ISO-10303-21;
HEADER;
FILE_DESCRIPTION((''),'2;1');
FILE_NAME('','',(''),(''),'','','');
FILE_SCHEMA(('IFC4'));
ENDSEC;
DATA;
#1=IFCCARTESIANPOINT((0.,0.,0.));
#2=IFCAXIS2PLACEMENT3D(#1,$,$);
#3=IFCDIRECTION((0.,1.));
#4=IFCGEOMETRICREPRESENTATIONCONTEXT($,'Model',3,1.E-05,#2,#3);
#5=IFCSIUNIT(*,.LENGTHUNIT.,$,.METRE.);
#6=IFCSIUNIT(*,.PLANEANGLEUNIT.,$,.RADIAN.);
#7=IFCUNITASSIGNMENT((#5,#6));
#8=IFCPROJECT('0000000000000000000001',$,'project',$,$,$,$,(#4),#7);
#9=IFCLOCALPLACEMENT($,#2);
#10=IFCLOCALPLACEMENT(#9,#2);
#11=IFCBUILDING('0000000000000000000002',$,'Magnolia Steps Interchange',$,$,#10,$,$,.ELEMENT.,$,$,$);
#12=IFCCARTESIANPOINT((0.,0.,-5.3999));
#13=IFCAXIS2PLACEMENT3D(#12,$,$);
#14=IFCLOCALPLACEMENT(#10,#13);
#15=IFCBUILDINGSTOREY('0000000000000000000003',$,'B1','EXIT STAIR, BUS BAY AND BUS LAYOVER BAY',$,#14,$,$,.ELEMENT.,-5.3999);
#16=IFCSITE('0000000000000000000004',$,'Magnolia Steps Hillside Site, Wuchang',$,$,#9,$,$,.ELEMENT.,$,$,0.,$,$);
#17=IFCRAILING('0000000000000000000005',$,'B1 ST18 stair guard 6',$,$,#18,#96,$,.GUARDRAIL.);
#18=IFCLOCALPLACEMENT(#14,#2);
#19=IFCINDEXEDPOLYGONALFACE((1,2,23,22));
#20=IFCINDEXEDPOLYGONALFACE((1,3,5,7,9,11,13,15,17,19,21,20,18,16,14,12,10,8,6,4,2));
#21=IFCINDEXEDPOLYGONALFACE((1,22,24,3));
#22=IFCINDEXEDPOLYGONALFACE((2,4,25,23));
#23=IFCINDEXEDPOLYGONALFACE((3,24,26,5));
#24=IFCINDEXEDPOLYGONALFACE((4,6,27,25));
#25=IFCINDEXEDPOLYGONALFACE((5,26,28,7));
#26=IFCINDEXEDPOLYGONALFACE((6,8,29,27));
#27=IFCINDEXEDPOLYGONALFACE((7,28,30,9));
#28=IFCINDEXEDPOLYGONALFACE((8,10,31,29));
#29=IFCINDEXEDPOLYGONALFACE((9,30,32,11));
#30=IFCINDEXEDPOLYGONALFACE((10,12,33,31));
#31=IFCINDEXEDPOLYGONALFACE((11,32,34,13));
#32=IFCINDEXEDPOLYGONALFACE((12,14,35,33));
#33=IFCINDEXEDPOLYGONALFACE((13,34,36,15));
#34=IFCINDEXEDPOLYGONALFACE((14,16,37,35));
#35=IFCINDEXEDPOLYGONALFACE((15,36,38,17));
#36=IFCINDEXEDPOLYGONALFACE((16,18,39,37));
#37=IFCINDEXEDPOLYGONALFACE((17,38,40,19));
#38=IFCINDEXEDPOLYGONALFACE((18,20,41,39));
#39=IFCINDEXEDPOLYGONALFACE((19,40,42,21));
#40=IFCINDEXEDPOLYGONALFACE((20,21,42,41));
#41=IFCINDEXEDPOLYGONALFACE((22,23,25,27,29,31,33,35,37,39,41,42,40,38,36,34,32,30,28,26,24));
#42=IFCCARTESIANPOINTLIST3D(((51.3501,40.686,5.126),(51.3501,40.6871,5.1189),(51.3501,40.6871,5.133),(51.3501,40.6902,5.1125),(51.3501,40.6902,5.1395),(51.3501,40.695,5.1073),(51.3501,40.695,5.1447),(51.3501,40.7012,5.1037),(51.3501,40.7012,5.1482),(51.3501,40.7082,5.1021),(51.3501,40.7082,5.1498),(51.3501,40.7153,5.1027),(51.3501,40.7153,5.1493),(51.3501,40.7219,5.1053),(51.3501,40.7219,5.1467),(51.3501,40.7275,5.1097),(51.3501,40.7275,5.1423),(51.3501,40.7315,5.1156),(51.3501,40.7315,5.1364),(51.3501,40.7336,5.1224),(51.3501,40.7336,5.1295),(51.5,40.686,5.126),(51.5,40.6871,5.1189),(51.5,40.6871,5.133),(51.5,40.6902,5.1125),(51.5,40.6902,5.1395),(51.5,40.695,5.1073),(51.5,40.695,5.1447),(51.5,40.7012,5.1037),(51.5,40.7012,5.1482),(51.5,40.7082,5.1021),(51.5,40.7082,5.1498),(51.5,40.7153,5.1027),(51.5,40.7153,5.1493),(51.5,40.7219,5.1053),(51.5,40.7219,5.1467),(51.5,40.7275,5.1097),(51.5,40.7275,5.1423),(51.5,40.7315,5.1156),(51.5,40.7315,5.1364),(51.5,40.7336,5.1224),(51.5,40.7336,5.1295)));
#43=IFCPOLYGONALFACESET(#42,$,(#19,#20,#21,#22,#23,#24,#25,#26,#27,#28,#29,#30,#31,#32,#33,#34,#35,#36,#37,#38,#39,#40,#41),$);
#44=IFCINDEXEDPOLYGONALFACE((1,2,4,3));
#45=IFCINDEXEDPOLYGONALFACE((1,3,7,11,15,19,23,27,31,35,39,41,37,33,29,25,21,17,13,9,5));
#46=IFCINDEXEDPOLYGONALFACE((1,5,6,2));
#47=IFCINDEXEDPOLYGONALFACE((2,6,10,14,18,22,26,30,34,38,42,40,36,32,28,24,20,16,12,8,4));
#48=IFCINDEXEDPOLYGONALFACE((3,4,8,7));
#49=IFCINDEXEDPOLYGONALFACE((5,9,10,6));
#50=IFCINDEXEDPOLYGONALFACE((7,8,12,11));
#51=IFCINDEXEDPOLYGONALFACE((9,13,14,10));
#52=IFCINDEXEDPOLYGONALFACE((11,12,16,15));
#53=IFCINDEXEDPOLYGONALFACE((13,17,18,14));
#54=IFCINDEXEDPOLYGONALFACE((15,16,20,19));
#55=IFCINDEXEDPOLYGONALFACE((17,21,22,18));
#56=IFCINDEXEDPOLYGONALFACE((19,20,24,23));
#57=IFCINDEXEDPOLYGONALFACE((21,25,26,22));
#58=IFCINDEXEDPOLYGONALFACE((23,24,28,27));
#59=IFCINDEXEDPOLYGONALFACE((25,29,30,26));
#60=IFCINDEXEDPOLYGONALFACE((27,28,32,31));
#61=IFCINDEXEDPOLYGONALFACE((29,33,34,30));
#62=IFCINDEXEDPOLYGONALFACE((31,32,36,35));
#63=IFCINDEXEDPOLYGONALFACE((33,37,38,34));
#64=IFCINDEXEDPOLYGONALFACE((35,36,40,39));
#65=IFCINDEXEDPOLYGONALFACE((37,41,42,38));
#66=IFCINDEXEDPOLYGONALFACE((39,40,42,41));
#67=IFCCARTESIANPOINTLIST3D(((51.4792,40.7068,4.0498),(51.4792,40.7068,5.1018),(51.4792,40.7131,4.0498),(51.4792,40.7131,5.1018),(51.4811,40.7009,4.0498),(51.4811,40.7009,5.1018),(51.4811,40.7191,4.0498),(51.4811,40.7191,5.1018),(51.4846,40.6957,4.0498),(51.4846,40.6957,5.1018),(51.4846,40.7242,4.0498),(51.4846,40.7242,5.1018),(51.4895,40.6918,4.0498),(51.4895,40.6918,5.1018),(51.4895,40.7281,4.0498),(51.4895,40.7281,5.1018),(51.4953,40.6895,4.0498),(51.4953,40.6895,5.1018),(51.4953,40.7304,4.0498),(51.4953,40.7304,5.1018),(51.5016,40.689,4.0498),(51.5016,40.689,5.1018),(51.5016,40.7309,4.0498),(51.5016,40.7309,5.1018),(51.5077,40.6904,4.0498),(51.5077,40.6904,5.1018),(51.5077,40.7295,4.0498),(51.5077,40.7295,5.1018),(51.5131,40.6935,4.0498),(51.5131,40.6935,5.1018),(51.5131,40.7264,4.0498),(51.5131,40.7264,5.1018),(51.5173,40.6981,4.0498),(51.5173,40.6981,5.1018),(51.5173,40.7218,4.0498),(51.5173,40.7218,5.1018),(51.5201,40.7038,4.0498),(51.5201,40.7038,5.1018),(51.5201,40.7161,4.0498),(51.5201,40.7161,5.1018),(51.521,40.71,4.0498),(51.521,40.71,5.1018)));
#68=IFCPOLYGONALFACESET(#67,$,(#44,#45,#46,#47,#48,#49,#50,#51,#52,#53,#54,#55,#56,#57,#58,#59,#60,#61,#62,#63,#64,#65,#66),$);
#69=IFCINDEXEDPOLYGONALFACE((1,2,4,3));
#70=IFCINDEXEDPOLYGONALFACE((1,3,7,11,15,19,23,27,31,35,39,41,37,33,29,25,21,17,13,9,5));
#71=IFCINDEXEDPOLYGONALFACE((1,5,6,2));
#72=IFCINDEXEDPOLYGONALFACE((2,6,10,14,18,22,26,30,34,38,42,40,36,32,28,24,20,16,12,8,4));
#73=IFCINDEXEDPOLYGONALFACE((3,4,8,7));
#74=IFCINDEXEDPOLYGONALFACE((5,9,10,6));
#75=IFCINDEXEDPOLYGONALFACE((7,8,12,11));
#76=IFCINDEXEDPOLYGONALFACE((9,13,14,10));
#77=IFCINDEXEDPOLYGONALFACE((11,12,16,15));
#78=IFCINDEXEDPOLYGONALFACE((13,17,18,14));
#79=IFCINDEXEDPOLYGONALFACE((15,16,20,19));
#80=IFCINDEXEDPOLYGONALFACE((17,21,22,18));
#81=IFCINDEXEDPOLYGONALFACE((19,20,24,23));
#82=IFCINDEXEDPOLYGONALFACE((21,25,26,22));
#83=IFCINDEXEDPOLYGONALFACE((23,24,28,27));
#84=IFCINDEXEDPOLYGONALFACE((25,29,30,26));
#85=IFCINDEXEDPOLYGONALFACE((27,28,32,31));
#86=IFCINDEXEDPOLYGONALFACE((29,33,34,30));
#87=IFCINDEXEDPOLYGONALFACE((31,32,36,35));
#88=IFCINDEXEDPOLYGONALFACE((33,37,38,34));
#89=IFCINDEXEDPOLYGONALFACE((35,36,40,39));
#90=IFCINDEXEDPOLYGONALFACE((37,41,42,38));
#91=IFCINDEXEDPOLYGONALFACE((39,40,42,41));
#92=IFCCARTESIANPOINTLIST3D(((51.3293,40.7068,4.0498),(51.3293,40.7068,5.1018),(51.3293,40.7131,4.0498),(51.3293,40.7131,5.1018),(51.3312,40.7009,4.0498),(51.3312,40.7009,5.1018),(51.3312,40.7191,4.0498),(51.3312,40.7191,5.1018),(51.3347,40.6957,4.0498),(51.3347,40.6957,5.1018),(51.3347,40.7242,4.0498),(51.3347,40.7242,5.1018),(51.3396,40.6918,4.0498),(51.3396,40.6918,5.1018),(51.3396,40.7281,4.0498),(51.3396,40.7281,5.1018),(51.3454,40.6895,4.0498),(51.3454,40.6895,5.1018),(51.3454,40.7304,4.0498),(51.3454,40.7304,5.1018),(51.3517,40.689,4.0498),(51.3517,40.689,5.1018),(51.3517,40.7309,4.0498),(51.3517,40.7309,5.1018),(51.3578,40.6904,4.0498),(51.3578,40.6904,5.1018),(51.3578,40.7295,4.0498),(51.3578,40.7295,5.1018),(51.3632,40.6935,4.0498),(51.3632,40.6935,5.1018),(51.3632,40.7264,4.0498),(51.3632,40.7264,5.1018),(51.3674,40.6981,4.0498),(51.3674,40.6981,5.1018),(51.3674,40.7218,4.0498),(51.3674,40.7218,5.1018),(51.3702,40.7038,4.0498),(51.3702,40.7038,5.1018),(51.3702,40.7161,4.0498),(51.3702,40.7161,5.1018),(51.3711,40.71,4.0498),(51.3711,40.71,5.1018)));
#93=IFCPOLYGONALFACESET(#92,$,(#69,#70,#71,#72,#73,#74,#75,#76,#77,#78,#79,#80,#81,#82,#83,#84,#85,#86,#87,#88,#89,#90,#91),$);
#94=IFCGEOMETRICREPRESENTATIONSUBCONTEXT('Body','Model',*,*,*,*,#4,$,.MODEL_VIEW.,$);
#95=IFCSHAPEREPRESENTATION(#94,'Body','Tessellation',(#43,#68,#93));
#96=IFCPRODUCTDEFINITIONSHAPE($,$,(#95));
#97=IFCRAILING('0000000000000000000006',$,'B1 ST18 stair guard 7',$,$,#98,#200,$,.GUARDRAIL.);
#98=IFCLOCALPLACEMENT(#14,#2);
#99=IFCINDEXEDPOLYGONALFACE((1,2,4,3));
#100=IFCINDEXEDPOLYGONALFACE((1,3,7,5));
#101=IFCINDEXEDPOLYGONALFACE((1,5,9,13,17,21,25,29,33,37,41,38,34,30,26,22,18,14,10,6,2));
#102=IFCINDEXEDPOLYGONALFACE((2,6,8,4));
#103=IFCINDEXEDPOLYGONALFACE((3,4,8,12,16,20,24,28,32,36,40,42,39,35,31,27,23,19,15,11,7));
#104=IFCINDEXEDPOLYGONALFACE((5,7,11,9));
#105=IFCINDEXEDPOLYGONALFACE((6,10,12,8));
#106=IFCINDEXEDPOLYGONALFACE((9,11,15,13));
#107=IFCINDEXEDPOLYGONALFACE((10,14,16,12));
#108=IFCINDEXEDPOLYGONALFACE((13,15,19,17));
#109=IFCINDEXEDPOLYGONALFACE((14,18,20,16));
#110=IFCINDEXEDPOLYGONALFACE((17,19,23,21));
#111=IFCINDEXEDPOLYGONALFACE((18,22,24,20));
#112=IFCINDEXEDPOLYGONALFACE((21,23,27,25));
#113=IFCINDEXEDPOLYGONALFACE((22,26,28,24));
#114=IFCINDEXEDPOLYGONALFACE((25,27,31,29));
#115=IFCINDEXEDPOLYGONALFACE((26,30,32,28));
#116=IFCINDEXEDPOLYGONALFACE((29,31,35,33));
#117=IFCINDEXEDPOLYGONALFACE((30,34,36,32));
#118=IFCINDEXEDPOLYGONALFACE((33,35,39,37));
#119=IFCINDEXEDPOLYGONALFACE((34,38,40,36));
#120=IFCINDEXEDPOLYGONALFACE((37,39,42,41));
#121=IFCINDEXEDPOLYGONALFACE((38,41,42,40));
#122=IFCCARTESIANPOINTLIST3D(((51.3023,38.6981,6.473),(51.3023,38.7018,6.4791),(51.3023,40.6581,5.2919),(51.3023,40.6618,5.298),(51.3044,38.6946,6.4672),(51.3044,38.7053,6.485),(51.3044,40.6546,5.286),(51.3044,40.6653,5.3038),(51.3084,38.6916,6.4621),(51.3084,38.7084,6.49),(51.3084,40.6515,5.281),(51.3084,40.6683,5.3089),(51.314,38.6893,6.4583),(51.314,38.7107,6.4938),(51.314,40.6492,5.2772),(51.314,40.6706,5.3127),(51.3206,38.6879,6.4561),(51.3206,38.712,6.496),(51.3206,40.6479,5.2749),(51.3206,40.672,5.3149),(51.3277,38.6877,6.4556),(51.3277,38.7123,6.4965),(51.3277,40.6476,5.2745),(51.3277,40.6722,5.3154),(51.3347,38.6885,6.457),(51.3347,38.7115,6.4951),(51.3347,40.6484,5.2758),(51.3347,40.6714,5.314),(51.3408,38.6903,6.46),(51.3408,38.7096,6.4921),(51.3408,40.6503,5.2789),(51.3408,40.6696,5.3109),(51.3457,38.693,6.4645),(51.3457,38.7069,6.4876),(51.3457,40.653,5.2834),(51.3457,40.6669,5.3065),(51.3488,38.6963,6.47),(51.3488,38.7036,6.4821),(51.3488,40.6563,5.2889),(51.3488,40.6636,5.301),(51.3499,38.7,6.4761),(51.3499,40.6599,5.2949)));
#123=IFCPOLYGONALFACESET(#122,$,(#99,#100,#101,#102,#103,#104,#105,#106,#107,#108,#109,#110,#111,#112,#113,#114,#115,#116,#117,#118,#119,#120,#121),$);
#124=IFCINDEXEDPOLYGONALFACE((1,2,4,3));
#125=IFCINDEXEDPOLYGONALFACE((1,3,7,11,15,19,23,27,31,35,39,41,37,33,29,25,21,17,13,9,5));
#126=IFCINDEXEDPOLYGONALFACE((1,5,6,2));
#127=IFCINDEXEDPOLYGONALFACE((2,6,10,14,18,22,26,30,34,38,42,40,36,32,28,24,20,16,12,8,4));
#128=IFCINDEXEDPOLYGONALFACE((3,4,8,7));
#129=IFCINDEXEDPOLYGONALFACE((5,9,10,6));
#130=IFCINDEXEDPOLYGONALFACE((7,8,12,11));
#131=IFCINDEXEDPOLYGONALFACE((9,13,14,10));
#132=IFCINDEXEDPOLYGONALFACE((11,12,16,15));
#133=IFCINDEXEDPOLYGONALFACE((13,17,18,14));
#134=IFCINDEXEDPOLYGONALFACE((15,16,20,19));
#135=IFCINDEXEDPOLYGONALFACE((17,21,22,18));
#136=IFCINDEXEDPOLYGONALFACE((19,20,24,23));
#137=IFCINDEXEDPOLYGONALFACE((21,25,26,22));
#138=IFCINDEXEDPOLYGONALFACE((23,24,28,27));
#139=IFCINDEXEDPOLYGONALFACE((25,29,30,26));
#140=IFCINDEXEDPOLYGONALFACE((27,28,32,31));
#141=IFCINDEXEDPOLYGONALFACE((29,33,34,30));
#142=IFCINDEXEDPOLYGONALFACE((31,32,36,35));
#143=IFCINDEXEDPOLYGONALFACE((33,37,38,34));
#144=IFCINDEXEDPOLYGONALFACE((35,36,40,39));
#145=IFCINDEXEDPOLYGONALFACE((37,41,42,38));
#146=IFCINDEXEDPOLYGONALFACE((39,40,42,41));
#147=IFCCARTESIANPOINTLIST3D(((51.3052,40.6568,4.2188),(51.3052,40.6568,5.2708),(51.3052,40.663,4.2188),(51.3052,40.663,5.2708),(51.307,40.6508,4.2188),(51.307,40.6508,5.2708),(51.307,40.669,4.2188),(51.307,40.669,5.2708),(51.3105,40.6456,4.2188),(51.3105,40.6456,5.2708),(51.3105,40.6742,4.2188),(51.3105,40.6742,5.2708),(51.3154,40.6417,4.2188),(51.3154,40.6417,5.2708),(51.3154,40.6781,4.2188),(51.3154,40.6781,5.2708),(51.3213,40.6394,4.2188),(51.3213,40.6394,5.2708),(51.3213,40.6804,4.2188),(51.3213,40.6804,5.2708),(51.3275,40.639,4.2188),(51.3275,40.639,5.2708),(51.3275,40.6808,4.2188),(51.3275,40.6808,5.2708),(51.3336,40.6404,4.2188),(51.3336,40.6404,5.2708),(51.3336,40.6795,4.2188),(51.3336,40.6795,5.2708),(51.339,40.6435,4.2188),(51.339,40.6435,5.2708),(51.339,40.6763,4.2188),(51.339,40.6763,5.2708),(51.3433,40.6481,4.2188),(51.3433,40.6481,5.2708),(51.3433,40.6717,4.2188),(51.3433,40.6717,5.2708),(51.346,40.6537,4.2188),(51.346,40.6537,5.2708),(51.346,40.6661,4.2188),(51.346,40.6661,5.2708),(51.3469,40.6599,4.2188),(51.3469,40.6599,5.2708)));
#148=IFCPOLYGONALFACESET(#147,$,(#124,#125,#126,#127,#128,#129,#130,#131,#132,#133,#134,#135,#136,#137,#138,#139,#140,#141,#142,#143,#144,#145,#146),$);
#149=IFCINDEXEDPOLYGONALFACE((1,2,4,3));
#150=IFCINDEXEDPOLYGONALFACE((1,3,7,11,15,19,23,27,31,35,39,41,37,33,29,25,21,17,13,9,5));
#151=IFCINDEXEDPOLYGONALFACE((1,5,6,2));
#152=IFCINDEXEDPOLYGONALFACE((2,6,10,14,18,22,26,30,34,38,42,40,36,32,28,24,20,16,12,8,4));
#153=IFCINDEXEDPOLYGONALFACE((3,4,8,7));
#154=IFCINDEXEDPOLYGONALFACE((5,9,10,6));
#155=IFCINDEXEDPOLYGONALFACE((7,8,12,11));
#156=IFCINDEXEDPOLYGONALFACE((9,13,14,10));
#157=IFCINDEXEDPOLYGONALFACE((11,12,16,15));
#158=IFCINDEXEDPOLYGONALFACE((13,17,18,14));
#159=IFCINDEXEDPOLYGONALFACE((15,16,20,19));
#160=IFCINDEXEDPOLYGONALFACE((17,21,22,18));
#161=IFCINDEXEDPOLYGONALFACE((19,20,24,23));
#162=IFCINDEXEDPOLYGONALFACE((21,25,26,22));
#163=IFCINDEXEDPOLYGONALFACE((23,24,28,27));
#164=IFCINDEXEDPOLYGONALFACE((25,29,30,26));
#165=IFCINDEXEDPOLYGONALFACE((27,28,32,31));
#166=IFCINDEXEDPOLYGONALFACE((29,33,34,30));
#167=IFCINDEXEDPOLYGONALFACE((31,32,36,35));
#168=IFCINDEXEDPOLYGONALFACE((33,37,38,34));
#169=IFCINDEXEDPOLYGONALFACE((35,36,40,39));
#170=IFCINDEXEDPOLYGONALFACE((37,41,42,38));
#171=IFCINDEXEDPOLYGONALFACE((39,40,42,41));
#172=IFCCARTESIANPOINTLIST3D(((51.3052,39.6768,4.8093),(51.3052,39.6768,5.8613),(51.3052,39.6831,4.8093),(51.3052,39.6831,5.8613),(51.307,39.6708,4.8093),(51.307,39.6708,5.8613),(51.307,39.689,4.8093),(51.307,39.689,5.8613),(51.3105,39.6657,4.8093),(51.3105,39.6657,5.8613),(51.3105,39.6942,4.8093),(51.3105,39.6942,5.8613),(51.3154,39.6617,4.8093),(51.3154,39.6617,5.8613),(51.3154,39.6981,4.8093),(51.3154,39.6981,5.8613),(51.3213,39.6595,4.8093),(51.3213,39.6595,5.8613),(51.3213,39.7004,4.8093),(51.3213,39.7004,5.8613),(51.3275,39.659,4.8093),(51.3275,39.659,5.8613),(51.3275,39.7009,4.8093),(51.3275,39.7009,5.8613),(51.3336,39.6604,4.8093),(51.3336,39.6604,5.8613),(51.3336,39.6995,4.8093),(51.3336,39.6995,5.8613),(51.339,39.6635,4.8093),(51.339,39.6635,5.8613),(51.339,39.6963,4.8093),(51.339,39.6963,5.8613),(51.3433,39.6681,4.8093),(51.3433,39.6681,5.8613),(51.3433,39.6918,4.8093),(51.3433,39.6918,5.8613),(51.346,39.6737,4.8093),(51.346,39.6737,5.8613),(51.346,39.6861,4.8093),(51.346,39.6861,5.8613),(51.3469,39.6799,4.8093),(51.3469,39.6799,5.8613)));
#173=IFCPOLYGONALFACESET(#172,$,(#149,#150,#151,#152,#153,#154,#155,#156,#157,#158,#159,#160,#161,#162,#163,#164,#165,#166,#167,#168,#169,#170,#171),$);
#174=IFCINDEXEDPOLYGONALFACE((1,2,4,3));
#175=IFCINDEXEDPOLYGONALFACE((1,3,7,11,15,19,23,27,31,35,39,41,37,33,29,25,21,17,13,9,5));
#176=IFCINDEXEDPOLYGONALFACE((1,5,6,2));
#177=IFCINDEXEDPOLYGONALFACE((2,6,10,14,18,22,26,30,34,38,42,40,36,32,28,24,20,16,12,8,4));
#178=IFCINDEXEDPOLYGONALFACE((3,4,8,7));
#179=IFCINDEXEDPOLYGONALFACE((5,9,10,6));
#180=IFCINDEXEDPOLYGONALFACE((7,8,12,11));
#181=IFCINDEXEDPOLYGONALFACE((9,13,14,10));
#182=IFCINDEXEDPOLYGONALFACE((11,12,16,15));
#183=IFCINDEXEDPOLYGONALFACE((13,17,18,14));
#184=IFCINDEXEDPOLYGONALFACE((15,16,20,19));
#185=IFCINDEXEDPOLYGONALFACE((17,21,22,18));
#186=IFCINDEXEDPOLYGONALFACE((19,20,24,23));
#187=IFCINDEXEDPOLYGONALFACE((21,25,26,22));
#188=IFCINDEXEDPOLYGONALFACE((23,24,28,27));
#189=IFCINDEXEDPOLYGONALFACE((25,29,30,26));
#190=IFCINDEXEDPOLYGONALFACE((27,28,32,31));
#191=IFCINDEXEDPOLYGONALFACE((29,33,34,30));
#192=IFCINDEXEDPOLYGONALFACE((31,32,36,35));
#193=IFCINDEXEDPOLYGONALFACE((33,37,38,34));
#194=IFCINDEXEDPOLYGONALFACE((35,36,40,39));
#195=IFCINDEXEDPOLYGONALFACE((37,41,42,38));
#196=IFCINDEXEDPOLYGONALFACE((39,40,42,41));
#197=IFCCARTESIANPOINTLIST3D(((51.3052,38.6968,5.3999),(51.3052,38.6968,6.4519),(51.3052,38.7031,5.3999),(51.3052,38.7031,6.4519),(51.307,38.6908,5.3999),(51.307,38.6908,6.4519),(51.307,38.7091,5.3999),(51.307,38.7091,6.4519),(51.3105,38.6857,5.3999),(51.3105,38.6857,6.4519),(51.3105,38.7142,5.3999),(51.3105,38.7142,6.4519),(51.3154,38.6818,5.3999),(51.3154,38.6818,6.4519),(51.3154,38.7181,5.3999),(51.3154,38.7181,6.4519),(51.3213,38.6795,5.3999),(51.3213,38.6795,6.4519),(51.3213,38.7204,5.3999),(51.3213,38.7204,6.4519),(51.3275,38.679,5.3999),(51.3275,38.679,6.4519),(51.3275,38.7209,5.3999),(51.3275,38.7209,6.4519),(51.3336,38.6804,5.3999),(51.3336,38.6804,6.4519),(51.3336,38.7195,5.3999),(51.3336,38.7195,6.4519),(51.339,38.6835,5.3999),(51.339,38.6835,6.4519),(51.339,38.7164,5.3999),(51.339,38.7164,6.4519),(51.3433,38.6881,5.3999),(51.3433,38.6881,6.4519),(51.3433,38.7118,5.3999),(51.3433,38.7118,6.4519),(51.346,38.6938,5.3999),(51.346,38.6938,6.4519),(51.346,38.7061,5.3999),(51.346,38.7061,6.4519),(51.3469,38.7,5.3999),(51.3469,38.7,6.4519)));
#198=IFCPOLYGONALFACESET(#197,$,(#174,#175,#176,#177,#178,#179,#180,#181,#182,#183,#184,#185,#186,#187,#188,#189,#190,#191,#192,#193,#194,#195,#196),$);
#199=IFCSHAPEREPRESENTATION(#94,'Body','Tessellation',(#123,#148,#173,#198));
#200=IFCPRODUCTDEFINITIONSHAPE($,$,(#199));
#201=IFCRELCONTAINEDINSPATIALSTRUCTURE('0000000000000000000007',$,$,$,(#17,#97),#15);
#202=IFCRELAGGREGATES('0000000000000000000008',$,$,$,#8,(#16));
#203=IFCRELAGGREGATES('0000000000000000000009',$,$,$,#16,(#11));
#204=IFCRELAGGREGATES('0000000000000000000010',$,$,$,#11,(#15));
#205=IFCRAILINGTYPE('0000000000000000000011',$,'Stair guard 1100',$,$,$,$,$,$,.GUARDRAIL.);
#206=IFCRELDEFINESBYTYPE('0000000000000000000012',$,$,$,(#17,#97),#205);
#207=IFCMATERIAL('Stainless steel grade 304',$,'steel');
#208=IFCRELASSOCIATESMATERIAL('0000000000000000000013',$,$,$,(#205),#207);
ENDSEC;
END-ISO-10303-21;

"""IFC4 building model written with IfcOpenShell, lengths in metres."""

from ifc_helpers import new_model, si_unit, direction, frame, origin, origin_2d, place, context, subcontext, project, spatial, circle, extrude, material, type_object, element, save


model = new_model("IFC4")

# Units and contexts
model_context = context("Model", 3, precision=1e-05, world=origin(), true_north=direction((0.0, 1.0)))
body_context = subcontext(model_context, "Body", "Model", "MODEL_VIEW")
ifc_project = project(units=[si_unit("LENGTHUNIT", "METRE"), si_unit("PLANEANGLEUNIT", "RADIAN")], contexts=[model_context])

# Site, building, storey
site_placement = place(None, origin())
site = spatial("IfcSite", under=ifc_project, at=site_placement, Name="Magnolia Steps Hillside Site, Wuchang", CompositionType="ELEMENT", RefElevation=0.0)
building_placement = place(site_placement, origin())
building = spatial("IfcBuilding", under=site, at=building_placement, Name="Magnolia Steps Interchange", CompositionType="ELEMENT")
storey_placement = place(building_placement, frame((0.0, 0.0, -5.3999)))
storey = spatial("IfcBuildingStorey", under=building, at=storey_placement, Name="B1", Description="EXIT STAIR, BUS BAY AND BUS LAYOVER BAY", CompositionType="ELEMENT", Elevation=-5.3999)

# Railings
ifc_material_1 = material(Name="Stainless steel grade 304", Category="steel")
railing_type_1 = type_object("IfcRailingType", Name="Stair guard 1100", PredefinedType="GUARDRAIL", material=ifc_material_1)
railing_1_placement = place(storey_placement, frame((51.5, 40.71, 4.0498)))
element("IfcRailing", 1, at=railing_1_placement, inside=storey, type_object=railing_type_1, Name="B1 ST18 stair guard 6", PredefinedType="GUARDRAIL", context=body_context, shape_type="SweptSolid", body=[
    extrude(circle(Radius=0.0239, at=origin_2d()), frame((0.0, 0.0, 1.0762), z_axis=(-1.0, 0.0, 0.0), x_axis=(0.0, -1.0, 0.0)), (0.0, 0.0, 1.0), 0.1499),
    extrude(circle(Radius=0.021, at=origin_2d()), origin(), (0.0, 0.0, 1.0), 1.052),
    extrude(circle(Radius=0.021, at=origin_2d()), frame((-0.1499, 0.0, 0.0)), (0.0, 0.0, 1.0), 1.052),
])
railing_2_placement = place(storey_placement, frame((51.3259, 40.6599, 4.2188)))
element("IfcRailing", 2, at=railing_2_placement, inside=storey, type_object=railing_type_1, Name="B1 ST18 stair guard 7", PredefinedType="GUARDRAIL", context=body_context, shape_type="SweptSolid", body=[
    extrude(circle(Radius=0.0239, at=origin_2d()), frame((0.0, 0.0, 1.0762), z_axis=(0.0, -0.856493, 0.516158), x_axis=(1.0, 0.0, 0.0)), (0.0, 0.0, 1.0), 2.2883),
    extrude(circle(Radius=0.021, at=origin_2d()), origin(), (0.0, 0.0, 1.0), 1.052),
    extrude(circle(Radius=0.021, at=origin_2d()), frame((0.0, -0.98, 0.5906)), (0.0, 0.0, 1.0), 1.052),
    extrude(circle(Radius=0.021, at=origin_2d()), frame((0.0, -1.96, 1.1812)), (0.0, 0.0, 1.0), 1.052),
])

save(model, "model.ifc")
